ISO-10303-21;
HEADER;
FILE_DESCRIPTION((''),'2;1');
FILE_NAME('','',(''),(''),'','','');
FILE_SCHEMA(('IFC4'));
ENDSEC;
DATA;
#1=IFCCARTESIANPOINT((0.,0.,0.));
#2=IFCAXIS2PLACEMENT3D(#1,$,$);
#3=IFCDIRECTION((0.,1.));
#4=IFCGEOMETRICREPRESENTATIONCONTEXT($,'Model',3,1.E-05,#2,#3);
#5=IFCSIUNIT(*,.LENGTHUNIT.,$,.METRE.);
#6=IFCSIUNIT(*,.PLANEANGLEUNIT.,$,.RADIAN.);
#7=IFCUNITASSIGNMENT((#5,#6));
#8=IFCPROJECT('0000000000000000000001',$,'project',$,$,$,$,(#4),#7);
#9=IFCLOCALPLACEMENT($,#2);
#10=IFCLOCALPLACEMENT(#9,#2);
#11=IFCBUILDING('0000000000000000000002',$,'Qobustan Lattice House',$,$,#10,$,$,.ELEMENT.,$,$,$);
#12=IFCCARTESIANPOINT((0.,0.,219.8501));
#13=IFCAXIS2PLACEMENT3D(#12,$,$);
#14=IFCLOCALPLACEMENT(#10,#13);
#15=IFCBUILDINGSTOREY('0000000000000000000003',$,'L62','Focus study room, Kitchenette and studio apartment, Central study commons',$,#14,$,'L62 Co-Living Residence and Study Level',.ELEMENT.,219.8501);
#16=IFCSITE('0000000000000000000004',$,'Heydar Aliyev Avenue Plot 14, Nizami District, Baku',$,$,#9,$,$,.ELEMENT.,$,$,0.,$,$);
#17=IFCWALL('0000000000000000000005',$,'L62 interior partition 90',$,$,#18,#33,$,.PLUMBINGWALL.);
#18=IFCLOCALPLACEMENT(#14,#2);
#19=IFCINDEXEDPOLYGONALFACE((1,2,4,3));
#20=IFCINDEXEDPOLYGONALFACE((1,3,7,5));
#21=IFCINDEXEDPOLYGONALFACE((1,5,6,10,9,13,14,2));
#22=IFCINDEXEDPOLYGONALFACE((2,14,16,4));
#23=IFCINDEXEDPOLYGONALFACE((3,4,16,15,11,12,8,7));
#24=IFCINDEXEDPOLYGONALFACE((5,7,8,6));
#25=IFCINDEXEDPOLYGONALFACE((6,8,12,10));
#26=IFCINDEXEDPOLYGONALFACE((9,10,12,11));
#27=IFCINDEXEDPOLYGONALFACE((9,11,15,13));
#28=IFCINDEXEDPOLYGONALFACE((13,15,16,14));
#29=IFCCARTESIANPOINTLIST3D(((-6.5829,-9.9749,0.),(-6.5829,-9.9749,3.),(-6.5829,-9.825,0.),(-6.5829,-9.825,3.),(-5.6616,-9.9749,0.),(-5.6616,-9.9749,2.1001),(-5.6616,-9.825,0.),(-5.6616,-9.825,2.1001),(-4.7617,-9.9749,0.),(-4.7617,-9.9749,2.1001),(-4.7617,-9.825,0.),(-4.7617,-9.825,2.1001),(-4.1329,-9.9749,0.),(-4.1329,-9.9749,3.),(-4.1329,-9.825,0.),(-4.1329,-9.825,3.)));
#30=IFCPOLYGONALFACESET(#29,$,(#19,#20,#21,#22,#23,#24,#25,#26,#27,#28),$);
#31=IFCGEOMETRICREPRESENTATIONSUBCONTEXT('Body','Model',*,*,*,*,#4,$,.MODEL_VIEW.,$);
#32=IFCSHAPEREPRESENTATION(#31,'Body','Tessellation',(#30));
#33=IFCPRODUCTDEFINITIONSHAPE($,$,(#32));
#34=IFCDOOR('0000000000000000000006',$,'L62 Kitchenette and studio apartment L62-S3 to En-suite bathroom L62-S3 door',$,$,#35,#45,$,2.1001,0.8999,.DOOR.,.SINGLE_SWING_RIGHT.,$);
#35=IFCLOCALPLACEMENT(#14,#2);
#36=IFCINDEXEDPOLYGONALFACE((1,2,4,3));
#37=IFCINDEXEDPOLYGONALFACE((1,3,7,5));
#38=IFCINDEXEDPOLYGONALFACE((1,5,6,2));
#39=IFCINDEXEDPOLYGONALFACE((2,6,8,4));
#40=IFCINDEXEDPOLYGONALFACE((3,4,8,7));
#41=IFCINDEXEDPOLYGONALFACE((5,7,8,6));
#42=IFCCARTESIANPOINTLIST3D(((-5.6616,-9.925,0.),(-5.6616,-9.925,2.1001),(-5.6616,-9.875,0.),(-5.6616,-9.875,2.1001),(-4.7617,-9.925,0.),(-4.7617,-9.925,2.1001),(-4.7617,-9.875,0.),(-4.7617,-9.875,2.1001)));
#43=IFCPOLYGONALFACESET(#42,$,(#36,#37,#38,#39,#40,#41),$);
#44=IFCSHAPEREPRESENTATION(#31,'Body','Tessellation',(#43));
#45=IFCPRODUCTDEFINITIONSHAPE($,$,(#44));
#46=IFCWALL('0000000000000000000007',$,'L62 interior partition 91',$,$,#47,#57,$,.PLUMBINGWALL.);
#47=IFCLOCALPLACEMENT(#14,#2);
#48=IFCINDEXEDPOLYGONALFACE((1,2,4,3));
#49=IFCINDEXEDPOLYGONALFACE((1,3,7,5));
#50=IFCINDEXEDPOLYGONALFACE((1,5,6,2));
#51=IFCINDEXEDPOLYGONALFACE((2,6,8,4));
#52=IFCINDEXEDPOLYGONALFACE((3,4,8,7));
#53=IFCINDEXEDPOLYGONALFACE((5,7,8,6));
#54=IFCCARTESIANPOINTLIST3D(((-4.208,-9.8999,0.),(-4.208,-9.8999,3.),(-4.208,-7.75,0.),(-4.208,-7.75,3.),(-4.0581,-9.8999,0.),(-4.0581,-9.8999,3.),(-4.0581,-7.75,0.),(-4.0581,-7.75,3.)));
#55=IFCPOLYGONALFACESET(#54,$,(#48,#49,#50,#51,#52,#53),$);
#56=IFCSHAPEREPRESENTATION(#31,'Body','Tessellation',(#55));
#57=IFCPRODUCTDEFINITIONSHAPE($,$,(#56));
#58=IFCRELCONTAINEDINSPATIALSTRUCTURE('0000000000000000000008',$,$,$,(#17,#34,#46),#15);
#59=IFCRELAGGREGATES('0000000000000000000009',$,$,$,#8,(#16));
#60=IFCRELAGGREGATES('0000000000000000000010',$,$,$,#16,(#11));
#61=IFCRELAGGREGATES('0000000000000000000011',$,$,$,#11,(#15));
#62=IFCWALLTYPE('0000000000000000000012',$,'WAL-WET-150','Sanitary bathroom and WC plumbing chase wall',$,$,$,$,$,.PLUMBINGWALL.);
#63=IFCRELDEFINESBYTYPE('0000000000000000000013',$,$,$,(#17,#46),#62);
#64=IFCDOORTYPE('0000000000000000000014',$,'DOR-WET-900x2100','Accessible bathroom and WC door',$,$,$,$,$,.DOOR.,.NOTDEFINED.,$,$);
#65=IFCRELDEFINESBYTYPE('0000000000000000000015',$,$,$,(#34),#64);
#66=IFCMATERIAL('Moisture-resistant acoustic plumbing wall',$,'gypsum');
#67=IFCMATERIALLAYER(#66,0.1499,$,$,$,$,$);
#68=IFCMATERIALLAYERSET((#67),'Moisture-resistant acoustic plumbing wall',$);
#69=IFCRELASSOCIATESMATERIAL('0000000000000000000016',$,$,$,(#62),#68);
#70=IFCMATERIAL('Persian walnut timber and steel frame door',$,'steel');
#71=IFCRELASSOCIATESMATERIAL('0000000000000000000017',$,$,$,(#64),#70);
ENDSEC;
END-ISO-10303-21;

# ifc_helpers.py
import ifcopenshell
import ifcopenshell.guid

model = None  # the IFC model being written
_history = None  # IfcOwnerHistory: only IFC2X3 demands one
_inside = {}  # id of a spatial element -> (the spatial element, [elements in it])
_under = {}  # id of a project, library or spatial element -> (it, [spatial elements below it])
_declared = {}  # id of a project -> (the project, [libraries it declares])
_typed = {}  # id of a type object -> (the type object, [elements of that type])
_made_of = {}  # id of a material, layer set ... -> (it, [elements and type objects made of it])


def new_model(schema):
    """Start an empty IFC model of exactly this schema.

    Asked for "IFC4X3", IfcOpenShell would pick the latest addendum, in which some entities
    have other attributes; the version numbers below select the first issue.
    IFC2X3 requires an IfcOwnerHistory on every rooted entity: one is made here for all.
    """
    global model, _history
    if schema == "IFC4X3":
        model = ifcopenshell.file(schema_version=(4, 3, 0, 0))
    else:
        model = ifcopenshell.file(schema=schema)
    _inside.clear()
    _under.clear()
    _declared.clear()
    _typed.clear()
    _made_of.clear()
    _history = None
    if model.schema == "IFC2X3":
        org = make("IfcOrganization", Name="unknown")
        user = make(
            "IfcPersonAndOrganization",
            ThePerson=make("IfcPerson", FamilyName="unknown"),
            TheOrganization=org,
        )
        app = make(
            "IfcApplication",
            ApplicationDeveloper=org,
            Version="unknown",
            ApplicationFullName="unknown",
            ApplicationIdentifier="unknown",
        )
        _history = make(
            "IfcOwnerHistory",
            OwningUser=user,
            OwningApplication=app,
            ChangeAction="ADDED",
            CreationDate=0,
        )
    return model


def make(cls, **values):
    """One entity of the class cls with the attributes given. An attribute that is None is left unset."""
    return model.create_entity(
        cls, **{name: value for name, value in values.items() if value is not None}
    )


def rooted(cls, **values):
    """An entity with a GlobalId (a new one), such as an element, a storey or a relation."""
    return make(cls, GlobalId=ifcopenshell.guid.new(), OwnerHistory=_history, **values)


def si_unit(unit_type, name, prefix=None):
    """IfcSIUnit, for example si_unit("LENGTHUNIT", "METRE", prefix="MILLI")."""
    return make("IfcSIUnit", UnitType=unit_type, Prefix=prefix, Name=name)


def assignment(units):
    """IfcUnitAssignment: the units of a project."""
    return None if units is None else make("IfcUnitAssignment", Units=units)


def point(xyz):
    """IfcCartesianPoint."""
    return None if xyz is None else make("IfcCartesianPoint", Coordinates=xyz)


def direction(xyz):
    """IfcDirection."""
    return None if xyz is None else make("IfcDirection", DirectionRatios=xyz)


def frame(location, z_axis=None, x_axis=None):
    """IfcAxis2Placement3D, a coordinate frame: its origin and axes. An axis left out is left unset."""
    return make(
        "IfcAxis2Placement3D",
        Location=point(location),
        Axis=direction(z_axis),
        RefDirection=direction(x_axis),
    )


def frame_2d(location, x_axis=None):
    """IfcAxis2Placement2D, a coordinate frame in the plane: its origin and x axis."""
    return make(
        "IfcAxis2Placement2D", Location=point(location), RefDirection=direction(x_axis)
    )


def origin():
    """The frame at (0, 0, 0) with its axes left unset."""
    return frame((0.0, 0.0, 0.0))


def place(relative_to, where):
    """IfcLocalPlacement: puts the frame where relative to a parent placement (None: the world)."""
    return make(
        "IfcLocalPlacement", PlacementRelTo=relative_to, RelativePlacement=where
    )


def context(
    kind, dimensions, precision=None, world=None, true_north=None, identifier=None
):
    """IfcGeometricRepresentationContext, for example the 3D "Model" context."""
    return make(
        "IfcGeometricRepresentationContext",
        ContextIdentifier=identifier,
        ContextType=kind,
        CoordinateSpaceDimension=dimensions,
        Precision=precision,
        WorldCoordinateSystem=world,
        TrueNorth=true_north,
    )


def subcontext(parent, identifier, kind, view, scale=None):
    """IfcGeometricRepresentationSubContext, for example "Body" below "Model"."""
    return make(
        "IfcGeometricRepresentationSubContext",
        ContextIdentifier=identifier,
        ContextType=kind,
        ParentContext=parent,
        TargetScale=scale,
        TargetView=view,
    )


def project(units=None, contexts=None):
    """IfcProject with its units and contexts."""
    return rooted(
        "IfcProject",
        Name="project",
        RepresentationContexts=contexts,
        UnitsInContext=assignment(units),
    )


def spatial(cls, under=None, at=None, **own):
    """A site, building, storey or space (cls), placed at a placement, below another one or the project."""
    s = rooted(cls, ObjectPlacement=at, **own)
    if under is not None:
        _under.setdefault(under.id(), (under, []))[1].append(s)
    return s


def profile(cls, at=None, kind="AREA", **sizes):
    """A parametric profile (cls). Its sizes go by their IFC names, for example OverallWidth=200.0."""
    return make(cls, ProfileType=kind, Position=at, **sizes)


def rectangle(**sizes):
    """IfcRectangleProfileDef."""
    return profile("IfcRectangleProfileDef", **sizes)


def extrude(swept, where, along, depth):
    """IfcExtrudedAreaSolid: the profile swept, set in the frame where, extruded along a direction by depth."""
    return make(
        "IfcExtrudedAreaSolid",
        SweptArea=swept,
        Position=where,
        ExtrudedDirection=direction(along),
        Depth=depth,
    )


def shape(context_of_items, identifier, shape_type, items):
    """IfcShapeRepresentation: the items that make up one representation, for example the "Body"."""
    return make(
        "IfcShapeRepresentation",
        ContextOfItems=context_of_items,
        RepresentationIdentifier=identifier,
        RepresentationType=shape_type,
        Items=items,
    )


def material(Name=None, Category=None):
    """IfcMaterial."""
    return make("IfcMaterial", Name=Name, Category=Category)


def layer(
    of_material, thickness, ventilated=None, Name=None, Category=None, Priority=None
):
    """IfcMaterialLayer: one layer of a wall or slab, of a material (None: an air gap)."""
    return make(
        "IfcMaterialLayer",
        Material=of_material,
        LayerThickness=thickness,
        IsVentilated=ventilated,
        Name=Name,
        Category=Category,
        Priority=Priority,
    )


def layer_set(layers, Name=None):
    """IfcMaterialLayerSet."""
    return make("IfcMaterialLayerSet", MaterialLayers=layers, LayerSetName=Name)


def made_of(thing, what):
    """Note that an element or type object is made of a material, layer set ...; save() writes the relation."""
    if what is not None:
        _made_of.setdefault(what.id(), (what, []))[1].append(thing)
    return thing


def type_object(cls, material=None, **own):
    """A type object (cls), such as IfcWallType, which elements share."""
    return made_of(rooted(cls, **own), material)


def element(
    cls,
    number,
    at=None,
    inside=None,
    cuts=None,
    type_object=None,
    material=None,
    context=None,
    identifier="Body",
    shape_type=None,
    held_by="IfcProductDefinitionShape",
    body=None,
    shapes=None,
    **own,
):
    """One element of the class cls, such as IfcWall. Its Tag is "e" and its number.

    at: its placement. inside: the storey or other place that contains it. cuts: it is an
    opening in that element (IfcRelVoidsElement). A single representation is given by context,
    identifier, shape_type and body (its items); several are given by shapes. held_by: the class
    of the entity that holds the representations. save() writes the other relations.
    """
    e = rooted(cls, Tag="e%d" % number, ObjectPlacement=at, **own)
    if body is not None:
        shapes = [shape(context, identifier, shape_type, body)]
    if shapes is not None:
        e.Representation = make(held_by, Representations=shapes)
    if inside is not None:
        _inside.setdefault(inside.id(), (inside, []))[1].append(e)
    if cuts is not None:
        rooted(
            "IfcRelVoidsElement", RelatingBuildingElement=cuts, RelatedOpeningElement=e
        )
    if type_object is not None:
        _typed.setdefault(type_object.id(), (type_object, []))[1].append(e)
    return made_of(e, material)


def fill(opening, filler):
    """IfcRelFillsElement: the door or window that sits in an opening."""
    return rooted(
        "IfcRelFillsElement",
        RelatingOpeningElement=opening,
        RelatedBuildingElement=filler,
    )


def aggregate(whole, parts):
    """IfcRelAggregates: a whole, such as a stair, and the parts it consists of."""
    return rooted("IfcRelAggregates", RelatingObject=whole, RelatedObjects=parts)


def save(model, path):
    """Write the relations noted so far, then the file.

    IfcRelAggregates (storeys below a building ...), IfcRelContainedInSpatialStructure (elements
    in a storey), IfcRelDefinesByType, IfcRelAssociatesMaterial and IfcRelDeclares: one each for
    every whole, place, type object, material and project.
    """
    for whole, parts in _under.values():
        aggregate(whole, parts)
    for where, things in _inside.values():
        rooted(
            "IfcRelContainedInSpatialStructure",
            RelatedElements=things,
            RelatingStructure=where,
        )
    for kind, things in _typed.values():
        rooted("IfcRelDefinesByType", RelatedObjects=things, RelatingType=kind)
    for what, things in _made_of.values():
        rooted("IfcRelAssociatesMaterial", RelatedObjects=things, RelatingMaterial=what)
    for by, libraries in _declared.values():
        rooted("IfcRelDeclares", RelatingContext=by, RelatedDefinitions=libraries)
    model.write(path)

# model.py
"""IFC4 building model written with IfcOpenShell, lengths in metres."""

from ifc_helpers import new_model, si_unit, direction, frame, frame_2d, origin, place, context, subcontext, project, spatial, rectangle, extrude, material, layer, layer_set, type_object, element, fill, save


model = new_model("IFC4")

# Units and contexts
model_context = context("Model", 3, precision=1e-05, world=origin(), true_north=direction((0.0, 1.0)))
body_context = subcontext(model_context, "Body", "Model", "MODEL_VIEW")
ifc_project = project(units=[si_unit("LENGTHUNIT", "METRE"), si_unit("PLANEANGLEUNIT", "RADIAN")], contexts=[model_context])

# Site, building, storey
site_placement = place(None, origin())
site = spatial("IfcSite", under=ifc_project, at=site_placement, Name="Heydar Aliyev Avenue Plot 14, Nizami District, Baku", CompositionType="ELEMENT", RefElevation=0.0)
building_placement = place(site_placement, origin())
building = spatial("IfcBuilding", under=site, at=building_placement, Name="Qobustan Lattice House", CompositionType="ELEMENT")
storey_placement = place(building_placement, frame((0.0, 0.0, 219.8501)))
storey = spatial("IfcBuildingStorey", under=building, at=storey_placement, Name="L62", Description="Focus study room, Kitchenette and studio apartment, Central study commons", LongName="L62 Co-Living Residence and Study Level", CompositionType="ELEMENT", Elevation=219.8501)

# Shared definitions
ifc_material_1 = material(Name="Moisture-resistant acoustic plumbing wall", Category="gypsum")
ifc_layer_1 = layer(ifc_material_1, 0.1499)
ifc_layer_set_1 = layer_set([ifc_layer_1], Name="Moisture-resistant acoustic plumbing wall")
wall_type_1 = type_object("IfcWallType", Name="WAL-WET-150", Description="Sanitary bathroom and WC plumbing chase wall", PredefinedType="PLUMBINGWALL", material=ifc_layer_set_1)

# Wall, opening, door
wall_1_placement = place(storey_placement, frame((-6.583, -9.8999, 0.0), z_axis=(0.0, 0.0, 1.0), x_axis=(1.0, 0.0, 0.0)))
wall_1 = element("IfcWall", 1, at=wall_1_placement, inside=storey, type_object=wall_type_1, Name="L62 interior partition 90", PredefinedType="PLUMBINGWALL", context=body_context, shape_type="SweptSolid", body=[
    extrude(rectangle(XDim=2.45, YDim=0.1499, at=frame_2d((1.2251, 0.0))), origin(), (0.0, 0.0, 1.0), 3.0),
])
opening_1_placement = place(wall_1_placement, frame((0.9214, 0.0, 0.0)))
opening_1 = element("IfcOpeningElement", 2, at=opening_1_placement, cuts=wall_1, PredefinedType="OPENING", context=body_context, shape_type="SweptSolid", body=[
    extrude(rectangle(XDim=0.8999, YDim=2.1001, at=frame_2d((0.45, 1.05))), frame((0.0, 0.085, 0.0), z_axis=(0.0, -1.0, 0.0), x_axis=(1.0, 0.0, 0.0)), (0.0, 0.0, 1.0), 0.1699),
])
ifc_material_2 = material(Name="Persian walnut timber and steel frame door", Category="steel")
door_type_1 = type_object("IfcDoorType", Name="DOR-WET-900x2100", Description="Accessible bathroom and WC door", OperationType="NOTDEFINED", PredefinedType="DOOR", material=ifc_material_2)
door_1_placement = place(opening_1_placement, origin())
door_1 = element("IfcDoor", 3, at=door_1_placement, inside=storey, type_object=door_type_1, Name="L62 Kitchenette and studio apartment L62-S3 to En-suite bathroom L62-S3 door", OperationType="SINGLE_SWING_RIGHT", OverallHeight=2.1001, OverallWidth=0.8999, PredefinedType="DOOR", context=body_context, shape_type="SweptSolid", body=[
    extrude(rectangle(XDim=0.8999, YDim=2.1001, at=frame_2d((0.45, 1.05))), frame((0.0, 0.0249, 0.0), z_axis=(0.0, -1.0, 0.0), x_axis=(1.0, 0.0, 0.0)), (0.0, 0.0, 1.0), 0.05),
])
fill(opening_1, door_1)

# Wall
wall_2_placement = place(storey_placement, frame((-4.1331, -9.8999, 0.0), z_axis=(0.0, 0.0, 1.0), x_axis=(0.0, 1.0, 0.0)))
element("IfcWall", 4, at=wall_2_placement, inside=storey, type_object=wall_type_1, Name="L62 interior partition 91", PredefinedType="PLUMBINGWALL", context=body_context, shape_type="SweptSolid", body=[
    extrude(rectangle(XDim=2.1499, YDim=0.1499, at=frame_2d((1.075, 0.0))), origin(), (0.0, 0.0, 1.0), 3.0),
])

save(model, "model.ifc")
